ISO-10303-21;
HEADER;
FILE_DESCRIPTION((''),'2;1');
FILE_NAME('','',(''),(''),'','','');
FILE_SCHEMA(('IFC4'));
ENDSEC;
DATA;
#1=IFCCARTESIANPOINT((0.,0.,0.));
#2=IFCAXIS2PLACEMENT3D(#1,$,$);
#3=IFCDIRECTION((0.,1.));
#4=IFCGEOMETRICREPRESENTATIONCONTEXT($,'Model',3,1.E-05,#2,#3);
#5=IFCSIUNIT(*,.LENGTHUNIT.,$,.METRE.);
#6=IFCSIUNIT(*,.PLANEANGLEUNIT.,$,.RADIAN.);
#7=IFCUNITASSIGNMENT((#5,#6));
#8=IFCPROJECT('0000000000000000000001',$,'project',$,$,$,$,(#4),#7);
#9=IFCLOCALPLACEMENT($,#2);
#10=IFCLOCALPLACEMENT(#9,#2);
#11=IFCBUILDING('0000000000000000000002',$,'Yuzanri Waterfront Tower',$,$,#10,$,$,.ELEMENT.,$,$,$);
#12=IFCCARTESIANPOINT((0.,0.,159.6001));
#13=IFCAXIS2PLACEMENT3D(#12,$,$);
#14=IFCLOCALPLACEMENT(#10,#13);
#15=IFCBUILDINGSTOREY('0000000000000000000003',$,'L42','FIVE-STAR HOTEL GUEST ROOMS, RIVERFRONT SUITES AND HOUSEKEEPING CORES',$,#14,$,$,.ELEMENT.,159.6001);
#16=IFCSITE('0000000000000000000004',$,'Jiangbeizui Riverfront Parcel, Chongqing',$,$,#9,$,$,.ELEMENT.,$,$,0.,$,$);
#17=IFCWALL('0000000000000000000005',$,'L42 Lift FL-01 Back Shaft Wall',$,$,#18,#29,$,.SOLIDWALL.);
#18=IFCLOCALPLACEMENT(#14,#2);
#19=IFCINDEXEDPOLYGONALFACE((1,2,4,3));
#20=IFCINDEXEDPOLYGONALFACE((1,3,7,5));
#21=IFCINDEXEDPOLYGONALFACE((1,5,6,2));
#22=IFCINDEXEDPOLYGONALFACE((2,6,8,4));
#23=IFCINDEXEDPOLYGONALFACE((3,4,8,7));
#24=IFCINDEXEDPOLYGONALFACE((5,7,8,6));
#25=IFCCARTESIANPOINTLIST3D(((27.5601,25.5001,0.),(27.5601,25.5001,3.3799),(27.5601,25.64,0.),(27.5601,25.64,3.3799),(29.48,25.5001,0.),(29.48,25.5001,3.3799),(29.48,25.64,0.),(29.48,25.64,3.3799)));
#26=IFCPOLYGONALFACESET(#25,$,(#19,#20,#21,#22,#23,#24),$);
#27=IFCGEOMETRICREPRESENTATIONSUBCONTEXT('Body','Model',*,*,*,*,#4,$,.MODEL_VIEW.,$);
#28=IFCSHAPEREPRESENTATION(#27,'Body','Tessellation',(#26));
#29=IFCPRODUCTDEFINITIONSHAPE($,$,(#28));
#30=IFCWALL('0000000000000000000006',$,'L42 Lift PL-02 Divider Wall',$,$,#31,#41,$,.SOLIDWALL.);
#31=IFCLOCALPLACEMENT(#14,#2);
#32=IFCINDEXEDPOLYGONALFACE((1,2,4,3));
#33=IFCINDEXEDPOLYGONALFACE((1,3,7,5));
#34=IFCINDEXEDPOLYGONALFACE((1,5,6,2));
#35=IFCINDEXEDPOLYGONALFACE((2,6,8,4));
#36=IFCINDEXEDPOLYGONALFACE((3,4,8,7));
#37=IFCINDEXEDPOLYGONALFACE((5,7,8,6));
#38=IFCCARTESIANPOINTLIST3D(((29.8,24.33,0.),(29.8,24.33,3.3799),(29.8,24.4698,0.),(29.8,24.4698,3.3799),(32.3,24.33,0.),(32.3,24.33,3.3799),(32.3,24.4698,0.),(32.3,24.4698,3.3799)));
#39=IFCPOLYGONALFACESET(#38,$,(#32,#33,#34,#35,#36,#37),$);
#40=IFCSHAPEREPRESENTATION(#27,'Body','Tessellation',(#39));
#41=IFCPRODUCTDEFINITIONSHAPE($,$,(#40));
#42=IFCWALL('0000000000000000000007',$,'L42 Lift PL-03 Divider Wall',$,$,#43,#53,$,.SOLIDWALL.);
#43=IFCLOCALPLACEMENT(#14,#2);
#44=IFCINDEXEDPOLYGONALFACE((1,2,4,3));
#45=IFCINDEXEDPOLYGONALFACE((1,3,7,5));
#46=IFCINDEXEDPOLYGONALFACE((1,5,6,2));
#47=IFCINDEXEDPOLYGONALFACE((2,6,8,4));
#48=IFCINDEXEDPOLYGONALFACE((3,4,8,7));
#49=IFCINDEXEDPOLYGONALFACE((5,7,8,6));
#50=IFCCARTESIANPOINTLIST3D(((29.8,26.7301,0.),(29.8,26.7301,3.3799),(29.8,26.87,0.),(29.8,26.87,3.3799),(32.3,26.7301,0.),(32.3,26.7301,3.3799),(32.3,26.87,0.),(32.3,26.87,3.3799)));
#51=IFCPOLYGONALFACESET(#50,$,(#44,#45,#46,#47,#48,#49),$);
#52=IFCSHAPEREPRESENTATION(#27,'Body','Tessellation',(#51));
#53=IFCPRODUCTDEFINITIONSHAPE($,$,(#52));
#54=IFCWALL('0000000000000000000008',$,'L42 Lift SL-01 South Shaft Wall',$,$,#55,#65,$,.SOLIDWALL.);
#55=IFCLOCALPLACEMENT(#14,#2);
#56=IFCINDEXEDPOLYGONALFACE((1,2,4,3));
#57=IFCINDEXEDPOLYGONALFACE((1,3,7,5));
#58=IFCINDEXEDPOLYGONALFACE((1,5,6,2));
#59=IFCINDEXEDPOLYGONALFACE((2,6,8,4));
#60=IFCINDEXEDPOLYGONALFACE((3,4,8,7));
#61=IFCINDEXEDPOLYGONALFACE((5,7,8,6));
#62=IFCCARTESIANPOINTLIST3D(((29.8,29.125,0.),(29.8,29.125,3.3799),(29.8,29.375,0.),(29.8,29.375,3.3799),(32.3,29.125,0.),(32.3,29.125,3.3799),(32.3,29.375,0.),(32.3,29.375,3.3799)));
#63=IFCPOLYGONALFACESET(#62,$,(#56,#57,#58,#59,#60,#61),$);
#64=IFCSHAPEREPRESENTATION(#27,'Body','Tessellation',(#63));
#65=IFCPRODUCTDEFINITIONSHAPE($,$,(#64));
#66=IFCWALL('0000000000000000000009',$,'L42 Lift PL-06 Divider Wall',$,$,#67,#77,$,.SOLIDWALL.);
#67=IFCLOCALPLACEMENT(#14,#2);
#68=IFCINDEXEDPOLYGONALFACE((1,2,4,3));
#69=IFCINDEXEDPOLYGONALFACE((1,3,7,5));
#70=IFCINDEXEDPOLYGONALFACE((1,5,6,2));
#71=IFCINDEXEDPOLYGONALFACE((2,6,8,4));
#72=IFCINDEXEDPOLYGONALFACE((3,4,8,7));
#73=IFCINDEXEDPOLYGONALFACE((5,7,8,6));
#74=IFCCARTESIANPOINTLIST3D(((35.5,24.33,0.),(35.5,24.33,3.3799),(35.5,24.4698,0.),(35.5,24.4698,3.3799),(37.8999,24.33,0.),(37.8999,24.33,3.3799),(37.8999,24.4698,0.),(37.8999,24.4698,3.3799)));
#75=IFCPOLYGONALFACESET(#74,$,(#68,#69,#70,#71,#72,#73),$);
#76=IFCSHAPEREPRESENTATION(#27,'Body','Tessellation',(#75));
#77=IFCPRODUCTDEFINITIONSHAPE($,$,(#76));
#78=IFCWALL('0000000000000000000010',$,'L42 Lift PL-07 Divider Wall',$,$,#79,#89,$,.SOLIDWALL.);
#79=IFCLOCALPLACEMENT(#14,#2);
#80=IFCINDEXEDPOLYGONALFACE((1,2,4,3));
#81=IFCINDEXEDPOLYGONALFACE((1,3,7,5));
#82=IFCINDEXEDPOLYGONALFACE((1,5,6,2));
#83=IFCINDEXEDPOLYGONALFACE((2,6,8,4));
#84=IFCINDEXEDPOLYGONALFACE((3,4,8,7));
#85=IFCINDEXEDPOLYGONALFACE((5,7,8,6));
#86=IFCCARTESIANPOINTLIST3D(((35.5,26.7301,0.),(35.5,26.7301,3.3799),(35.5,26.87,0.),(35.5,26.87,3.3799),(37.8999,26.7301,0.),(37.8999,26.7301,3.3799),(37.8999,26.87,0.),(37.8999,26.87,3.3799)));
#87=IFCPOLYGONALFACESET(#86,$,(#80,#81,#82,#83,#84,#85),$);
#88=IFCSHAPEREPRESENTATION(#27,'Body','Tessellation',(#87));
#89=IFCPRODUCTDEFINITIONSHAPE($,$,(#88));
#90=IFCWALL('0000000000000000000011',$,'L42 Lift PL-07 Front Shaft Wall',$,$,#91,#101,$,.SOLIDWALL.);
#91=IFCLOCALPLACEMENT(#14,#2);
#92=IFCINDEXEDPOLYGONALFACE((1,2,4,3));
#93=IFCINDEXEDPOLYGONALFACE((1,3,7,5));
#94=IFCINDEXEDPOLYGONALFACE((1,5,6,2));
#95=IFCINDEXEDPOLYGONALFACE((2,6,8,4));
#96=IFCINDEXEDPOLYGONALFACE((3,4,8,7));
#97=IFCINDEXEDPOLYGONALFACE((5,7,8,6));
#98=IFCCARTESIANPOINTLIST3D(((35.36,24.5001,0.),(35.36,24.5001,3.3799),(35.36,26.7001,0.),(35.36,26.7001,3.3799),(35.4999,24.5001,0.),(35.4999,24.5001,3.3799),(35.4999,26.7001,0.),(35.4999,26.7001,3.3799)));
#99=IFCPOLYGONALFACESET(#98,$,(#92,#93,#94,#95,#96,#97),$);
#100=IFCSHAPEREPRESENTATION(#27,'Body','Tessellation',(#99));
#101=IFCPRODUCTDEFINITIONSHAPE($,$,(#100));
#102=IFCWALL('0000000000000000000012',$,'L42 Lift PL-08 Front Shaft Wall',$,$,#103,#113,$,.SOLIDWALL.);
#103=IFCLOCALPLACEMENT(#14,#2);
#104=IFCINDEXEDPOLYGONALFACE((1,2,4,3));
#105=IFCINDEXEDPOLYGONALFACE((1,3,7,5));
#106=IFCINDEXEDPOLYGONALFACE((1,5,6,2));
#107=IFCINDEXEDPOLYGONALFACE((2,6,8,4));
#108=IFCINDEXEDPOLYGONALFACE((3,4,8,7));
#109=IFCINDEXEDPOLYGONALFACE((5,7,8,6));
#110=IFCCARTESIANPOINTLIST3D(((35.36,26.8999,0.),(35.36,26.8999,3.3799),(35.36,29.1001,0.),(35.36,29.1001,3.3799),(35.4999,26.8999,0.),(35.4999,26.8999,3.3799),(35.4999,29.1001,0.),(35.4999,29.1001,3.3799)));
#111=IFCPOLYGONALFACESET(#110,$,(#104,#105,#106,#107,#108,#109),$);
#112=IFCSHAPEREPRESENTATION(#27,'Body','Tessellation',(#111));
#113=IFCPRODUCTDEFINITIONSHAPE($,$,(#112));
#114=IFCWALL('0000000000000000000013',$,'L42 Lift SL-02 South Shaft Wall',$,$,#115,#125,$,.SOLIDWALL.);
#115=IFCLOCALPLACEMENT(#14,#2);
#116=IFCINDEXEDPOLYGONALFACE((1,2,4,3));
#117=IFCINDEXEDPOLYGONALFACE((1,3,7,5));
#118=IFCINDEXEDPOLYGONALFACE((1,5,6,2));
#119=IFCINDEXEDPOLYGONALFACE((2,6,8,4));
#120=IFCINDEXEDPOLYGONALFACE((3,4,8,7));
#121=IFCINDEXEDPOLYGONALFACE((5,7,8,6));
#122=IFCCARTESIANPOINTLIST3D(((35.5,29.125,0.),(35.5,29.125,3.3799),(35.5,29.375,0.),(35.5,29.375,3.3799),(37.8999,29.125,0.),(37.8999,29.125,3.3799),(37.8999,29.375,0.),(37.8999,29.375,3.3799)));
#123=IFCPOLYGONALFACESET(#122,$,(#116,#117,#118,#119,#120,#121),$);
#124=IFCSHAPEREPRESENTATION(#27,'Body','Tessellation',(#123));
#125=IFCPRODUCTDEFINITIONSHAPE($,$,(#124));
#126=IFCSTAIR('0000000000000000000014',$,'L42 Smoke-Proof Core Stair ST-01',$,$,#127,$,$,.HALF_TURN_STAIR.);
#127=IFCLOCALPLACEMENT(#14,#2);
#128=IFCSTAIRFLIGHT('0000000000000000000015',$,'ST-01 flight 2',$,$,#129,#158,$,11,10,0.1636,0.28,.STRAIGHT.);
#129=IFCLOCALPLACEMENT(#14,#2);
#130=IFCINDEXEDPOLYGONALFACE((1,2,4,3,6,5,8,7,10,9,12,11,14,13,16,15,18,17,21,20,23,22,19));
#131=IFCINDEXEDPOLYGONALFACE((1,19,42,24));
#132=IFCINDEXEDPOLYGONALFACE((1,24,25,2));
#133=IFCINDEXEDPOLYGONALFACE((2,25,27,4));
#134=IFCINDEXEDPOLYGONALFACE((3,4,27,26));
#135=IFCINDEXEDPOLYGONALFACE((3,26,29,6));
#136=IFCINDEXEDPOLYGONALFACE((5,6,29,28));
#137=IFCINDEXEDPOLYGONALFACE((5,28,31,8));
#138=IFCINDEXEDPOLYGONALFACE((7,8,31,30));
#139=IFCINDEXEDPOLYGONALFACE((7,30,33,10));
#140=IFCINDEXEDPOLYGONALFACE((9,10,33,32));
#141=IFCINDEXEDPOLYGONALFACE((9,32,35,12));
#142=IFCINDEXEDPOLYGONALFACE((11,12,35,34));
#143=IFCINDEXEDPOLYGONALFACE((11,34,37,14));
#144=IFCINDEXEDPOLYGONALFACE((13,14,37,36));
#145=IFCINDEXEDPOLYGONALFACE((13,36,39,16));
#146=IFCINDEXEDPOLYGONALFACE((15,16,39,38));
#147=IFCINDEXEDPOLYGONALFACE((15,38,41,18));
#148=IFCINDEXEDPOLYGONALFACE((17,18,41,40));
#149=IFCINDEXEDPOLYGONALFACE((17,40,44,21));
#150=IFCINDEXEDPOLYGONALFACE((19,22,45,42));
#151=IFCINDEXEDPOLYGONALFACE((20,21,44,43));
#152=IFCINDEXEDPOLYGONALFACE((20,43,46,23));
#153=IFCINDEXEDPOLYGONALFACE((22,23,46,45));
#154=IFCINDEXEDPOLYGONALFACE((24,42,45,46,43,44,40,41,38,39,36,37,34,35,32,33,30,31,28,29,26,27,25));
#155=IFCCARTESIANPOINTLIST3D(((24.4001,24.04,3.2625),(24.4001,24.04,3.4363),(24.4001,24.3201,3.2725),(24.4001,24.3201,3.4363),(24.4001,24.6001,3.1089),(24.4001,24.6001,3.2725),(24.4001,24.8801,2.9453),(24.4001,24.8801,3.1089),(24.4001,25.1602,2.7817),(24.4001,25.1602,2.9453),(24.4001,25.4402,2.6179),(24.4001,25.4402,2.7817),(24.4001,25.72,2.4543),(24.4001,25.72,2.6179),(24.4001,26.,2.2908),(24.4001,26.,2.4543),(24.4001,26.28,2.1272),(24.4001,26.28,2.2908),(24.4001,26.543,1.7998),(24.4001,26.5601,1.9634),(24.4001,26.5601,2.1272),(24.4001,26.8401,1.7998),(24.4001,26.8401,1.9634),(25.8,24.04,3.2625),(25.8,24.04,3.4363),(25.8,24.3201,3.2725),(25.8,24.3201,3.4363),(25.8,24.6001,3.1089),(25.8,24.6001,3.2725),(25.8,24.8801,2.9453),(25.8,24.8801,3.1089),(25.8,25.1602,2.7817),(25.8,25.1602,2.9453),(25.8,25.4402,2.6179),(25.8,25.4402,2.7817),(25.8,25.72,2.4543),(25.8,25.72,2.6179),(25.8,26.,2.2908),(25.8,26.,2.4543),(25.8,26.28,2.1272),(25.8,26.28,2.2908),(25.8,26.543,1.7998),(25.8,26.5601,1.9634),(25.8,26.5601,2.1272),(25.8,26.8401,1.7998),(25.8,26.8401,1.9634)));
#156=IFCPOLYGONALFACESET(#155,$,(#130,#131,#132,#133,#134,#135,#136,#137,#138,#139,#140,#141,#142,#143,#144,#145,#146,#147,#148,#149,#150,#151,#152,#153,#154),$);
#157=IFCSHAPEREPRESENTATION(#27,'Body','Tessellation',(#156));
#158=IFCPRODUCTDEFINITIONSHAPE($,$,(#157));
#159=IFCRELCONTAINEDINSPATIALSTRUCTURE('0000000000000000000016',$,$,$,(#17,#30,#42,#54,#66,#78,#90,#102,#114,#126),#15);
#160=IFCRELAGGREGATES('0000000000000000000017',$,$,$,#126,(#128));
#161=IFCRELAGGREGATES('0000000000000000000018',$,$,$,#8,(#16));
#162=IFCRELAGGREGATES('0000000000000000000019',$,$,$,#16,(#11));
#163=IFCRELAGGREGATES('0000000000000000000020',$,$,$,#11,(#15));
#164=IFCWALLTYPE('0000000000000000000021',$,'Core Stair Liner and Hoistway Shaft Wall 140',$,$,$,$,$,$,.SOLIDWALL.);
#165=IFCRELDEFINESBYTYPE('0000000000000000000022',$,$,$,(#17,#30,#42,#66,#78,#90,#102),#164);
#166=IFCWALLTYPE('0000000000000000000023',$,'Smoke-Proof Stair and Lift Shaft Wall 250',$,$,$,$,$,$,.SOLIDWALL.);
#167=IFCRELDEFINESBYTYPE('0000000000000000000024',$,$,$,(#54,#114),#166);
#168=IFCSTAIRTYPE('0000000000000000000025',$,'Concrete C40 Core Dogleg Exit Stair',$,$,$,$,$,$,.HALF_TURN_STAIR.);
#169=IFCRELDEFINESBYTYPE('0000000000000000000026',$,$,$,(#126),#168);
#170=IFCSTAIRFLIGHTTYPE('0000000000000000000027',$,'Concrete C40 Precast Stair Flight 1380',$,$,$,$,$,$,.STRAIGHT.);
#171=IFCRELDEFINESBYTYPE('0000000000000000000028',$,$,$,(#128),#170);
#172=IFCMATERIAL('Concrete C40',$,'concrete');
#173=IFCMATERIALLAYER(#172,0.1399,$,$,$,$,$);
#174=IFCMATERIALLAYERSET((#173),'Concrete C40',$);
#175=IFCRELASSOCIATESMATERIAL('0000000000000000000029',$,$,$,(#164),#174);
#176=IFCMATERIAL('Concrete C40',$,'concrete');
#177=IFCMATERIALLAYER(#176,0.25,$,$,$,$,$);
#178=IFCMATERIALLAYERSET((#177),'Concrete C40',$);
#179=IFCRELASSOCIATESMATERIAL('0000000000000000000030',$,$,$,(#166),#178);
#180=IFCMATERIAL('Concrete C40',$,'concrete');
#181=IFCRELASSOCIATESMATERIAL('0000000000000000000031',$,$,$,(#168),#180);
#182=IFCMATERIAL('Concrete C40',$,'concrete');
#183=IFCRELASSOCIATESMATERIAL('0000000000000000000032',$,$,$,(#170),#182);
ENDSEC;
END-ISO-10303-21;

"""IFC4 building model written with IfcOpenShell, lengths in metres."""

from ifc_helpers import new_model, si_unit, direction, frame, frame_2d, origin, place, context, subcontext, project, spatial, polyline, rectangle, outline, extrude, source, transform, mapped, material, layer, layer_set, type_object, element, aggregate, save


model = new_model("IFC4")

# Units and contexts
model_context = context("Model", 3, precision=1e-05, world=origin(), true_north=direction((0.0, 1.0)))
body_context = subcontext(model_context, "Body", "Model", "MODEL_VIEW")
ifc_project = project(units=[si_unit("LENGTHUNIT", "METRE"), si_unit("PLANEANGLEUNIT", "RADIAN")], contexts=[model_context])

# Site, building, storey
site_placement = place(None, origin())
site = spatial("IfcSite", under=ifc_project, at=site_placement, Name="Jiangbeizui Riverfront Parcel, Chongqing", CompositionType="ELEMENT", RefElevation=0.0)
building_placement = place(site_placement, origin())
building = spatial("IfcBuilding", under=site, at=building_placement, Name="Yuzanri Waterfront Tower", CompositionType="ELEMENT")
storey_placement = place(building_placement, frame((0.0, 0.0, 159.6001)))
storey = spatial("IfcBuildingStorey", under=building, at=storey_placement, Name="L42", Description="FIVE-STAR HOTEL GUEST ROOMS, RIVERFRONT SUITES AND HOUSEKEEPING CORES", CompositionType="ELEMENT", Elevation=159.6001)

# Shared definitions
ifc_material_1 = material(Name="Concrete C40", Category="concrete")
ifc_layer_1 = layer(ifc_material_1, 0.1399)
ifc_layer_set_1 = layer_set([ifc_layer_1], Name="Concrete C40")
wall_type_1 = type_object("IfcWallType", Name="Core Stair Liner and Hoistway Shaft Wall 140", PredefinedType="SOLIDWALL", material=ifc_layer_set_1)

# Walls
shared_shape_1 = source(origin(), body_context, "Body", "SweptSolid", [
    extrude(rectangle(XDim=1.9199, YDim=0.1399, at=frame_2d((0.96, 0.0))), origin(), (0.0, 0.0, 1.0), 3.3799),
])
wall_1_placement = place(storey_placement, frame((27.5601, 25.5701, 0.0), z_axis=(0.0, 0.0, 1.0), x_axis=(1.0, 0.0, 0.0)))
element("IfcWall", 1, at=wall_1_placement, inside=storey, type_object=wall_type_1, Name="L42 Lift FL-01 Back Shaft Wall", PredefinedType="SOLIDWALL", context=body_context, shape_type="MappedRepresentation", body=[
    mapped(shared_shape_1, transform((0.0, 0.0, 0.0), scale=1.0)),
])
shared_shape_2 = source(origin(), body_context, "Body", "SweptSolid", [
    extrude(rectangle(XDim=2.5, YDim=0.1399, at=frame_2d((1.25, 0.0))), origin(), (0.0, 0.0, 1.0), 3.3799),
])
for number, where, z_axis, x_axis, name in (
    (2, (29.8, 24.3999, 0.0), (0.0, 0.0, 1.0), (1.0, 0.0, 0.0), "L42 Lift PL-02 Divider Wall"),
    (3, (29.8, 26.8, 0.0), (0.0, 0.0, 1.0), (1.0, 0.0, 0.0), "L42 Lift PL-03 Divider Wall"),
):
    element("IfcWall", number, at=place(storey_placement, frame(where, z_axis=z_axis, x_axis=x_axis)), inside=storey, type_object=wall_type_1, Name=name, PredefinedType="SOLIDWALL", context=body_context, shape_type="MappedRepresentation", body=[
        mapped(shared_shape_2, transform((0.0, 0.0, 0.0), scale=1.0)),
    ])
ifc_material_2 = material(Name="Concrete C40", Category="concrete")
ifc_layer_2 = layer(ifc_material_2, 0.25)
ifc_layer_set_2 = layer_set([ifc_layer_2], Name="Concrete C40")
wall_type_2 = type_object("IfcWallType", Name="Smoke-Proof Stair and Lift Shaft Wall 250", PredefinedType="SOLIDWALL", material=ifc_layer_set_2)
shared_shape_3 = source(origin(), body_context, "Body", "SweptSolid", [
    extrude(rectangle(XDim=2.5, YDim=0.25, at=frame_2d((1.25, 0.0))), origin(), (0.0, 0.0, 1.0), 3.3799),
])
wall_2_placement = place(storey_placement, frame((29.8, 29.25, 0.0), z_axis=(0.0, 0.0, 1.0), x_axis=(1.0, 0.0, 0.0)))
element("IfcWall", 4, at=wall_2_placement, inside=storey, type_object=wall_type_2, Name="L42 Lift SL-01 South Shaft Wall", PredefinedType="SOLIDWALL", context=body_context, shape_type="MappedRepresentation", body=[
    mapped(shared_shape_3, transform((0.0, 0.0, 0.0), scale=1.0)),
])
shared_shape_4 = source(origin(), body_context, "Body", "SweptSolid", [
    extrude(rectangle(XDim=2.3999, YDim=0.1399, at=frame_2d((1.2, 0.0))), origin(), (0.0, 0.0, 1.0), 3.3799),
])
for number, where, z_axis, x_axis, name in (
    (5, (35.5, 24.3999, 0.0), (0.0, 0.0, 1.0), (1.0, 0.0, 0.0), "L42 Lift PL-06 Divider Wall"),
    (6, (35.5, 26.8, 0.0), (0.0, 0.0, 1.0), (1.0, 0.0, 0.0), "L42 Lift PL-07 Divider Wall"),
):
    element("IfcWall", number, at=place(storey_placement, frame(where, z_axis=z_axis, x_axis=x_axis)), inside=storey, type_object=wall_type_1, Name=name, PredefinedType="SOLIDWALL", context=body_context, shape_type="MappedRepresentation", body=[
        mapped(shared_shape_4, transform((0.0, 0.0, 0.0), scale=1.0)),
    ])
shared_shape_5 = source(origin(), body_context, "Body", "SweptSolid", [
    extrude(rectangle(XDim=2.2, YDim=0.1399, at=frame_2d((1.1001, 0.0))), origin(), (0.0, 0.0, 1.0), 3.3799),
])
wall_3_placement = place(storey_placement, frame((35.4299, 24.5, 0.0), z_axis=(0.0, 0.0, 1.0), x_axis=(0.0, 1.0, 0.0)))
element("IfcWall", 7, at=wall_3_placement, inside=storey, type_object=wall_type_1, Name="L42 Lift PL-07 Front Shaft Wall", PredefinedType="SOLIDWALL", context=body_context, shape_type="MappedRepresentation", body=[
    mapped(shared_shape_5, transform((0.0, 0.0, 0.0), scale=1.0)),
])
shared_shape_6 = source(origin(), body_context, "Body", "SweptSolid", [
    extrude(rectangle(XDim=2.2002, YDim=0.1399, at=frame_2d((1.1001, 0.0))), origin(), (0.0, 0.0, 1.0), 3.3799),
])
wall_4_placement = place(storey_placement, frame((35.4299, 26.8999, 0.0), z_axis=(0.0, 0.0, 1.0), x_axis=(0.0, 1.0, 0.0)))
element("IfcWall", 8, at=wall_4_placement, inside=storey, type_object=wall_type_1, Name="L42 Lift PL-08 Front Shaft Wall", PredefinedType="SOLIDWALL", context=body_context, shape_type="MappedRepresentation", body=[
    mapped(shared_shape_6, transform((0.0, 0.0, 0.0), scale=1.0)),
])
shared_shape_7 = source(origin(), body_context, "Body", "SweptSolid", [
    extrude(rectangle(XDim=2.3999, YDim=0.25, at=frame_2d((1.2, 0.0))), origin(), (0.0, 0.0, 1.0), 3.3799),
])
wall_5_placement = place(storey_placement, frame((35.5, 29.25, 0.0), z_axis=(0.0, 0.0, 1.0), x_axis=(1.0, 0.0, 0.0)))
element("IfcWall", 9, at=wall_5_placement, inside=storey, type_object=wall_type_2, Name="L42 Lift SL-02 South Shaft Wall", PredefinedType="SOLIDWALL", context=body_context, shape_type="MappedRepresentation", body=[
    mapped(shared_shape_7, transform((0.0, 0.0, 0.0), scale=1.0)),
])

# Stair, stair flight
ifc_material_3 = material(Name="Concrete C40", Category="concrete")
stair_type = type_object("IfcStairType", Name="Concrete C40 Core Dogleg Exit Stair", PredefinedType="HALF_TURN_STAIR", material=ifc_material_3)
stair_placement = place(storey_placement, origin())
stair = element("IfcStair", 10, at=stair_placement, inside=storey, type_object=stair_type, Name="L42 Smoke-Proof Core Stair ST-01", PredefinedType="HALF_TURN_STAIR")
ifc_material_4 = material(Name="Concrete C40", Category="concrete")
stair_flight_type = type_object("IfcStairFlightType", Name="Concrete C40 Precast Stair Flight 1380", PredefinedType="STRAIGHT", material=ifc_material_4)
shared_shape_8 = source(origin(), body_context, "Body", "SweptSolid", [
    extrude(outline(polyline([(0.0, 0.0), (0.0, 0.1636), (0.28, 0.1636), (0.28, 0.3274), (0.5601, 0.3274), (0.5601, 0.491), (0.8401, 0.491), (0.8401, 0.6545), (1.1201, 0.6545), (1.1201, 0.8181), (1.3999, 0.8181), (1.3999, 0.9819), (1.6799, 0.9819), (1.6799, 1.1455), (1.96, 1.1455), (1.96, 1.3091), (2.24, 1.3091), (2.24, 1.4727), (2.52, 1.4727), (2.52, 1.6365), (2.8, 1.6365), (2.8, 1.8), (2.8, 1.4626), (0.2971, 0.0), (0.0, 0.0)])), frame((0.0, 0.7, 0.0), z_axis=(0.0, -1.0, 0.0), x_axis=(1.0, 0.0, 0.0)), (0.0, 0.0, 1.0), 1.3999),
])
stair_flight_placement = place(storey_placement, frame((25.1001, 26.8401, 1.7998), z_axis=(0.0, 0.0, 1.0), x_axis=(0.0, -1.0, 0.0)))
stair_flight = element("IfcStairFlight", 11, at=stair_flight_placement, type_object=stair_flight_type, Name="ST-01 flight 2", NumberOfRisers=11, NumberOfTreads=10, PredefinedType="STRAIGHT", RiserHeight=0.1636, TreadLength=0.28, context=body_context, shape_type="MappedRepresentation", body=[
    mapped(shared_shape_8, transform((0.0, 0.0, 0.0), scale=1.0)),
])
aggregate(stair, [stair_flight])

save(model, "model.ifc")
